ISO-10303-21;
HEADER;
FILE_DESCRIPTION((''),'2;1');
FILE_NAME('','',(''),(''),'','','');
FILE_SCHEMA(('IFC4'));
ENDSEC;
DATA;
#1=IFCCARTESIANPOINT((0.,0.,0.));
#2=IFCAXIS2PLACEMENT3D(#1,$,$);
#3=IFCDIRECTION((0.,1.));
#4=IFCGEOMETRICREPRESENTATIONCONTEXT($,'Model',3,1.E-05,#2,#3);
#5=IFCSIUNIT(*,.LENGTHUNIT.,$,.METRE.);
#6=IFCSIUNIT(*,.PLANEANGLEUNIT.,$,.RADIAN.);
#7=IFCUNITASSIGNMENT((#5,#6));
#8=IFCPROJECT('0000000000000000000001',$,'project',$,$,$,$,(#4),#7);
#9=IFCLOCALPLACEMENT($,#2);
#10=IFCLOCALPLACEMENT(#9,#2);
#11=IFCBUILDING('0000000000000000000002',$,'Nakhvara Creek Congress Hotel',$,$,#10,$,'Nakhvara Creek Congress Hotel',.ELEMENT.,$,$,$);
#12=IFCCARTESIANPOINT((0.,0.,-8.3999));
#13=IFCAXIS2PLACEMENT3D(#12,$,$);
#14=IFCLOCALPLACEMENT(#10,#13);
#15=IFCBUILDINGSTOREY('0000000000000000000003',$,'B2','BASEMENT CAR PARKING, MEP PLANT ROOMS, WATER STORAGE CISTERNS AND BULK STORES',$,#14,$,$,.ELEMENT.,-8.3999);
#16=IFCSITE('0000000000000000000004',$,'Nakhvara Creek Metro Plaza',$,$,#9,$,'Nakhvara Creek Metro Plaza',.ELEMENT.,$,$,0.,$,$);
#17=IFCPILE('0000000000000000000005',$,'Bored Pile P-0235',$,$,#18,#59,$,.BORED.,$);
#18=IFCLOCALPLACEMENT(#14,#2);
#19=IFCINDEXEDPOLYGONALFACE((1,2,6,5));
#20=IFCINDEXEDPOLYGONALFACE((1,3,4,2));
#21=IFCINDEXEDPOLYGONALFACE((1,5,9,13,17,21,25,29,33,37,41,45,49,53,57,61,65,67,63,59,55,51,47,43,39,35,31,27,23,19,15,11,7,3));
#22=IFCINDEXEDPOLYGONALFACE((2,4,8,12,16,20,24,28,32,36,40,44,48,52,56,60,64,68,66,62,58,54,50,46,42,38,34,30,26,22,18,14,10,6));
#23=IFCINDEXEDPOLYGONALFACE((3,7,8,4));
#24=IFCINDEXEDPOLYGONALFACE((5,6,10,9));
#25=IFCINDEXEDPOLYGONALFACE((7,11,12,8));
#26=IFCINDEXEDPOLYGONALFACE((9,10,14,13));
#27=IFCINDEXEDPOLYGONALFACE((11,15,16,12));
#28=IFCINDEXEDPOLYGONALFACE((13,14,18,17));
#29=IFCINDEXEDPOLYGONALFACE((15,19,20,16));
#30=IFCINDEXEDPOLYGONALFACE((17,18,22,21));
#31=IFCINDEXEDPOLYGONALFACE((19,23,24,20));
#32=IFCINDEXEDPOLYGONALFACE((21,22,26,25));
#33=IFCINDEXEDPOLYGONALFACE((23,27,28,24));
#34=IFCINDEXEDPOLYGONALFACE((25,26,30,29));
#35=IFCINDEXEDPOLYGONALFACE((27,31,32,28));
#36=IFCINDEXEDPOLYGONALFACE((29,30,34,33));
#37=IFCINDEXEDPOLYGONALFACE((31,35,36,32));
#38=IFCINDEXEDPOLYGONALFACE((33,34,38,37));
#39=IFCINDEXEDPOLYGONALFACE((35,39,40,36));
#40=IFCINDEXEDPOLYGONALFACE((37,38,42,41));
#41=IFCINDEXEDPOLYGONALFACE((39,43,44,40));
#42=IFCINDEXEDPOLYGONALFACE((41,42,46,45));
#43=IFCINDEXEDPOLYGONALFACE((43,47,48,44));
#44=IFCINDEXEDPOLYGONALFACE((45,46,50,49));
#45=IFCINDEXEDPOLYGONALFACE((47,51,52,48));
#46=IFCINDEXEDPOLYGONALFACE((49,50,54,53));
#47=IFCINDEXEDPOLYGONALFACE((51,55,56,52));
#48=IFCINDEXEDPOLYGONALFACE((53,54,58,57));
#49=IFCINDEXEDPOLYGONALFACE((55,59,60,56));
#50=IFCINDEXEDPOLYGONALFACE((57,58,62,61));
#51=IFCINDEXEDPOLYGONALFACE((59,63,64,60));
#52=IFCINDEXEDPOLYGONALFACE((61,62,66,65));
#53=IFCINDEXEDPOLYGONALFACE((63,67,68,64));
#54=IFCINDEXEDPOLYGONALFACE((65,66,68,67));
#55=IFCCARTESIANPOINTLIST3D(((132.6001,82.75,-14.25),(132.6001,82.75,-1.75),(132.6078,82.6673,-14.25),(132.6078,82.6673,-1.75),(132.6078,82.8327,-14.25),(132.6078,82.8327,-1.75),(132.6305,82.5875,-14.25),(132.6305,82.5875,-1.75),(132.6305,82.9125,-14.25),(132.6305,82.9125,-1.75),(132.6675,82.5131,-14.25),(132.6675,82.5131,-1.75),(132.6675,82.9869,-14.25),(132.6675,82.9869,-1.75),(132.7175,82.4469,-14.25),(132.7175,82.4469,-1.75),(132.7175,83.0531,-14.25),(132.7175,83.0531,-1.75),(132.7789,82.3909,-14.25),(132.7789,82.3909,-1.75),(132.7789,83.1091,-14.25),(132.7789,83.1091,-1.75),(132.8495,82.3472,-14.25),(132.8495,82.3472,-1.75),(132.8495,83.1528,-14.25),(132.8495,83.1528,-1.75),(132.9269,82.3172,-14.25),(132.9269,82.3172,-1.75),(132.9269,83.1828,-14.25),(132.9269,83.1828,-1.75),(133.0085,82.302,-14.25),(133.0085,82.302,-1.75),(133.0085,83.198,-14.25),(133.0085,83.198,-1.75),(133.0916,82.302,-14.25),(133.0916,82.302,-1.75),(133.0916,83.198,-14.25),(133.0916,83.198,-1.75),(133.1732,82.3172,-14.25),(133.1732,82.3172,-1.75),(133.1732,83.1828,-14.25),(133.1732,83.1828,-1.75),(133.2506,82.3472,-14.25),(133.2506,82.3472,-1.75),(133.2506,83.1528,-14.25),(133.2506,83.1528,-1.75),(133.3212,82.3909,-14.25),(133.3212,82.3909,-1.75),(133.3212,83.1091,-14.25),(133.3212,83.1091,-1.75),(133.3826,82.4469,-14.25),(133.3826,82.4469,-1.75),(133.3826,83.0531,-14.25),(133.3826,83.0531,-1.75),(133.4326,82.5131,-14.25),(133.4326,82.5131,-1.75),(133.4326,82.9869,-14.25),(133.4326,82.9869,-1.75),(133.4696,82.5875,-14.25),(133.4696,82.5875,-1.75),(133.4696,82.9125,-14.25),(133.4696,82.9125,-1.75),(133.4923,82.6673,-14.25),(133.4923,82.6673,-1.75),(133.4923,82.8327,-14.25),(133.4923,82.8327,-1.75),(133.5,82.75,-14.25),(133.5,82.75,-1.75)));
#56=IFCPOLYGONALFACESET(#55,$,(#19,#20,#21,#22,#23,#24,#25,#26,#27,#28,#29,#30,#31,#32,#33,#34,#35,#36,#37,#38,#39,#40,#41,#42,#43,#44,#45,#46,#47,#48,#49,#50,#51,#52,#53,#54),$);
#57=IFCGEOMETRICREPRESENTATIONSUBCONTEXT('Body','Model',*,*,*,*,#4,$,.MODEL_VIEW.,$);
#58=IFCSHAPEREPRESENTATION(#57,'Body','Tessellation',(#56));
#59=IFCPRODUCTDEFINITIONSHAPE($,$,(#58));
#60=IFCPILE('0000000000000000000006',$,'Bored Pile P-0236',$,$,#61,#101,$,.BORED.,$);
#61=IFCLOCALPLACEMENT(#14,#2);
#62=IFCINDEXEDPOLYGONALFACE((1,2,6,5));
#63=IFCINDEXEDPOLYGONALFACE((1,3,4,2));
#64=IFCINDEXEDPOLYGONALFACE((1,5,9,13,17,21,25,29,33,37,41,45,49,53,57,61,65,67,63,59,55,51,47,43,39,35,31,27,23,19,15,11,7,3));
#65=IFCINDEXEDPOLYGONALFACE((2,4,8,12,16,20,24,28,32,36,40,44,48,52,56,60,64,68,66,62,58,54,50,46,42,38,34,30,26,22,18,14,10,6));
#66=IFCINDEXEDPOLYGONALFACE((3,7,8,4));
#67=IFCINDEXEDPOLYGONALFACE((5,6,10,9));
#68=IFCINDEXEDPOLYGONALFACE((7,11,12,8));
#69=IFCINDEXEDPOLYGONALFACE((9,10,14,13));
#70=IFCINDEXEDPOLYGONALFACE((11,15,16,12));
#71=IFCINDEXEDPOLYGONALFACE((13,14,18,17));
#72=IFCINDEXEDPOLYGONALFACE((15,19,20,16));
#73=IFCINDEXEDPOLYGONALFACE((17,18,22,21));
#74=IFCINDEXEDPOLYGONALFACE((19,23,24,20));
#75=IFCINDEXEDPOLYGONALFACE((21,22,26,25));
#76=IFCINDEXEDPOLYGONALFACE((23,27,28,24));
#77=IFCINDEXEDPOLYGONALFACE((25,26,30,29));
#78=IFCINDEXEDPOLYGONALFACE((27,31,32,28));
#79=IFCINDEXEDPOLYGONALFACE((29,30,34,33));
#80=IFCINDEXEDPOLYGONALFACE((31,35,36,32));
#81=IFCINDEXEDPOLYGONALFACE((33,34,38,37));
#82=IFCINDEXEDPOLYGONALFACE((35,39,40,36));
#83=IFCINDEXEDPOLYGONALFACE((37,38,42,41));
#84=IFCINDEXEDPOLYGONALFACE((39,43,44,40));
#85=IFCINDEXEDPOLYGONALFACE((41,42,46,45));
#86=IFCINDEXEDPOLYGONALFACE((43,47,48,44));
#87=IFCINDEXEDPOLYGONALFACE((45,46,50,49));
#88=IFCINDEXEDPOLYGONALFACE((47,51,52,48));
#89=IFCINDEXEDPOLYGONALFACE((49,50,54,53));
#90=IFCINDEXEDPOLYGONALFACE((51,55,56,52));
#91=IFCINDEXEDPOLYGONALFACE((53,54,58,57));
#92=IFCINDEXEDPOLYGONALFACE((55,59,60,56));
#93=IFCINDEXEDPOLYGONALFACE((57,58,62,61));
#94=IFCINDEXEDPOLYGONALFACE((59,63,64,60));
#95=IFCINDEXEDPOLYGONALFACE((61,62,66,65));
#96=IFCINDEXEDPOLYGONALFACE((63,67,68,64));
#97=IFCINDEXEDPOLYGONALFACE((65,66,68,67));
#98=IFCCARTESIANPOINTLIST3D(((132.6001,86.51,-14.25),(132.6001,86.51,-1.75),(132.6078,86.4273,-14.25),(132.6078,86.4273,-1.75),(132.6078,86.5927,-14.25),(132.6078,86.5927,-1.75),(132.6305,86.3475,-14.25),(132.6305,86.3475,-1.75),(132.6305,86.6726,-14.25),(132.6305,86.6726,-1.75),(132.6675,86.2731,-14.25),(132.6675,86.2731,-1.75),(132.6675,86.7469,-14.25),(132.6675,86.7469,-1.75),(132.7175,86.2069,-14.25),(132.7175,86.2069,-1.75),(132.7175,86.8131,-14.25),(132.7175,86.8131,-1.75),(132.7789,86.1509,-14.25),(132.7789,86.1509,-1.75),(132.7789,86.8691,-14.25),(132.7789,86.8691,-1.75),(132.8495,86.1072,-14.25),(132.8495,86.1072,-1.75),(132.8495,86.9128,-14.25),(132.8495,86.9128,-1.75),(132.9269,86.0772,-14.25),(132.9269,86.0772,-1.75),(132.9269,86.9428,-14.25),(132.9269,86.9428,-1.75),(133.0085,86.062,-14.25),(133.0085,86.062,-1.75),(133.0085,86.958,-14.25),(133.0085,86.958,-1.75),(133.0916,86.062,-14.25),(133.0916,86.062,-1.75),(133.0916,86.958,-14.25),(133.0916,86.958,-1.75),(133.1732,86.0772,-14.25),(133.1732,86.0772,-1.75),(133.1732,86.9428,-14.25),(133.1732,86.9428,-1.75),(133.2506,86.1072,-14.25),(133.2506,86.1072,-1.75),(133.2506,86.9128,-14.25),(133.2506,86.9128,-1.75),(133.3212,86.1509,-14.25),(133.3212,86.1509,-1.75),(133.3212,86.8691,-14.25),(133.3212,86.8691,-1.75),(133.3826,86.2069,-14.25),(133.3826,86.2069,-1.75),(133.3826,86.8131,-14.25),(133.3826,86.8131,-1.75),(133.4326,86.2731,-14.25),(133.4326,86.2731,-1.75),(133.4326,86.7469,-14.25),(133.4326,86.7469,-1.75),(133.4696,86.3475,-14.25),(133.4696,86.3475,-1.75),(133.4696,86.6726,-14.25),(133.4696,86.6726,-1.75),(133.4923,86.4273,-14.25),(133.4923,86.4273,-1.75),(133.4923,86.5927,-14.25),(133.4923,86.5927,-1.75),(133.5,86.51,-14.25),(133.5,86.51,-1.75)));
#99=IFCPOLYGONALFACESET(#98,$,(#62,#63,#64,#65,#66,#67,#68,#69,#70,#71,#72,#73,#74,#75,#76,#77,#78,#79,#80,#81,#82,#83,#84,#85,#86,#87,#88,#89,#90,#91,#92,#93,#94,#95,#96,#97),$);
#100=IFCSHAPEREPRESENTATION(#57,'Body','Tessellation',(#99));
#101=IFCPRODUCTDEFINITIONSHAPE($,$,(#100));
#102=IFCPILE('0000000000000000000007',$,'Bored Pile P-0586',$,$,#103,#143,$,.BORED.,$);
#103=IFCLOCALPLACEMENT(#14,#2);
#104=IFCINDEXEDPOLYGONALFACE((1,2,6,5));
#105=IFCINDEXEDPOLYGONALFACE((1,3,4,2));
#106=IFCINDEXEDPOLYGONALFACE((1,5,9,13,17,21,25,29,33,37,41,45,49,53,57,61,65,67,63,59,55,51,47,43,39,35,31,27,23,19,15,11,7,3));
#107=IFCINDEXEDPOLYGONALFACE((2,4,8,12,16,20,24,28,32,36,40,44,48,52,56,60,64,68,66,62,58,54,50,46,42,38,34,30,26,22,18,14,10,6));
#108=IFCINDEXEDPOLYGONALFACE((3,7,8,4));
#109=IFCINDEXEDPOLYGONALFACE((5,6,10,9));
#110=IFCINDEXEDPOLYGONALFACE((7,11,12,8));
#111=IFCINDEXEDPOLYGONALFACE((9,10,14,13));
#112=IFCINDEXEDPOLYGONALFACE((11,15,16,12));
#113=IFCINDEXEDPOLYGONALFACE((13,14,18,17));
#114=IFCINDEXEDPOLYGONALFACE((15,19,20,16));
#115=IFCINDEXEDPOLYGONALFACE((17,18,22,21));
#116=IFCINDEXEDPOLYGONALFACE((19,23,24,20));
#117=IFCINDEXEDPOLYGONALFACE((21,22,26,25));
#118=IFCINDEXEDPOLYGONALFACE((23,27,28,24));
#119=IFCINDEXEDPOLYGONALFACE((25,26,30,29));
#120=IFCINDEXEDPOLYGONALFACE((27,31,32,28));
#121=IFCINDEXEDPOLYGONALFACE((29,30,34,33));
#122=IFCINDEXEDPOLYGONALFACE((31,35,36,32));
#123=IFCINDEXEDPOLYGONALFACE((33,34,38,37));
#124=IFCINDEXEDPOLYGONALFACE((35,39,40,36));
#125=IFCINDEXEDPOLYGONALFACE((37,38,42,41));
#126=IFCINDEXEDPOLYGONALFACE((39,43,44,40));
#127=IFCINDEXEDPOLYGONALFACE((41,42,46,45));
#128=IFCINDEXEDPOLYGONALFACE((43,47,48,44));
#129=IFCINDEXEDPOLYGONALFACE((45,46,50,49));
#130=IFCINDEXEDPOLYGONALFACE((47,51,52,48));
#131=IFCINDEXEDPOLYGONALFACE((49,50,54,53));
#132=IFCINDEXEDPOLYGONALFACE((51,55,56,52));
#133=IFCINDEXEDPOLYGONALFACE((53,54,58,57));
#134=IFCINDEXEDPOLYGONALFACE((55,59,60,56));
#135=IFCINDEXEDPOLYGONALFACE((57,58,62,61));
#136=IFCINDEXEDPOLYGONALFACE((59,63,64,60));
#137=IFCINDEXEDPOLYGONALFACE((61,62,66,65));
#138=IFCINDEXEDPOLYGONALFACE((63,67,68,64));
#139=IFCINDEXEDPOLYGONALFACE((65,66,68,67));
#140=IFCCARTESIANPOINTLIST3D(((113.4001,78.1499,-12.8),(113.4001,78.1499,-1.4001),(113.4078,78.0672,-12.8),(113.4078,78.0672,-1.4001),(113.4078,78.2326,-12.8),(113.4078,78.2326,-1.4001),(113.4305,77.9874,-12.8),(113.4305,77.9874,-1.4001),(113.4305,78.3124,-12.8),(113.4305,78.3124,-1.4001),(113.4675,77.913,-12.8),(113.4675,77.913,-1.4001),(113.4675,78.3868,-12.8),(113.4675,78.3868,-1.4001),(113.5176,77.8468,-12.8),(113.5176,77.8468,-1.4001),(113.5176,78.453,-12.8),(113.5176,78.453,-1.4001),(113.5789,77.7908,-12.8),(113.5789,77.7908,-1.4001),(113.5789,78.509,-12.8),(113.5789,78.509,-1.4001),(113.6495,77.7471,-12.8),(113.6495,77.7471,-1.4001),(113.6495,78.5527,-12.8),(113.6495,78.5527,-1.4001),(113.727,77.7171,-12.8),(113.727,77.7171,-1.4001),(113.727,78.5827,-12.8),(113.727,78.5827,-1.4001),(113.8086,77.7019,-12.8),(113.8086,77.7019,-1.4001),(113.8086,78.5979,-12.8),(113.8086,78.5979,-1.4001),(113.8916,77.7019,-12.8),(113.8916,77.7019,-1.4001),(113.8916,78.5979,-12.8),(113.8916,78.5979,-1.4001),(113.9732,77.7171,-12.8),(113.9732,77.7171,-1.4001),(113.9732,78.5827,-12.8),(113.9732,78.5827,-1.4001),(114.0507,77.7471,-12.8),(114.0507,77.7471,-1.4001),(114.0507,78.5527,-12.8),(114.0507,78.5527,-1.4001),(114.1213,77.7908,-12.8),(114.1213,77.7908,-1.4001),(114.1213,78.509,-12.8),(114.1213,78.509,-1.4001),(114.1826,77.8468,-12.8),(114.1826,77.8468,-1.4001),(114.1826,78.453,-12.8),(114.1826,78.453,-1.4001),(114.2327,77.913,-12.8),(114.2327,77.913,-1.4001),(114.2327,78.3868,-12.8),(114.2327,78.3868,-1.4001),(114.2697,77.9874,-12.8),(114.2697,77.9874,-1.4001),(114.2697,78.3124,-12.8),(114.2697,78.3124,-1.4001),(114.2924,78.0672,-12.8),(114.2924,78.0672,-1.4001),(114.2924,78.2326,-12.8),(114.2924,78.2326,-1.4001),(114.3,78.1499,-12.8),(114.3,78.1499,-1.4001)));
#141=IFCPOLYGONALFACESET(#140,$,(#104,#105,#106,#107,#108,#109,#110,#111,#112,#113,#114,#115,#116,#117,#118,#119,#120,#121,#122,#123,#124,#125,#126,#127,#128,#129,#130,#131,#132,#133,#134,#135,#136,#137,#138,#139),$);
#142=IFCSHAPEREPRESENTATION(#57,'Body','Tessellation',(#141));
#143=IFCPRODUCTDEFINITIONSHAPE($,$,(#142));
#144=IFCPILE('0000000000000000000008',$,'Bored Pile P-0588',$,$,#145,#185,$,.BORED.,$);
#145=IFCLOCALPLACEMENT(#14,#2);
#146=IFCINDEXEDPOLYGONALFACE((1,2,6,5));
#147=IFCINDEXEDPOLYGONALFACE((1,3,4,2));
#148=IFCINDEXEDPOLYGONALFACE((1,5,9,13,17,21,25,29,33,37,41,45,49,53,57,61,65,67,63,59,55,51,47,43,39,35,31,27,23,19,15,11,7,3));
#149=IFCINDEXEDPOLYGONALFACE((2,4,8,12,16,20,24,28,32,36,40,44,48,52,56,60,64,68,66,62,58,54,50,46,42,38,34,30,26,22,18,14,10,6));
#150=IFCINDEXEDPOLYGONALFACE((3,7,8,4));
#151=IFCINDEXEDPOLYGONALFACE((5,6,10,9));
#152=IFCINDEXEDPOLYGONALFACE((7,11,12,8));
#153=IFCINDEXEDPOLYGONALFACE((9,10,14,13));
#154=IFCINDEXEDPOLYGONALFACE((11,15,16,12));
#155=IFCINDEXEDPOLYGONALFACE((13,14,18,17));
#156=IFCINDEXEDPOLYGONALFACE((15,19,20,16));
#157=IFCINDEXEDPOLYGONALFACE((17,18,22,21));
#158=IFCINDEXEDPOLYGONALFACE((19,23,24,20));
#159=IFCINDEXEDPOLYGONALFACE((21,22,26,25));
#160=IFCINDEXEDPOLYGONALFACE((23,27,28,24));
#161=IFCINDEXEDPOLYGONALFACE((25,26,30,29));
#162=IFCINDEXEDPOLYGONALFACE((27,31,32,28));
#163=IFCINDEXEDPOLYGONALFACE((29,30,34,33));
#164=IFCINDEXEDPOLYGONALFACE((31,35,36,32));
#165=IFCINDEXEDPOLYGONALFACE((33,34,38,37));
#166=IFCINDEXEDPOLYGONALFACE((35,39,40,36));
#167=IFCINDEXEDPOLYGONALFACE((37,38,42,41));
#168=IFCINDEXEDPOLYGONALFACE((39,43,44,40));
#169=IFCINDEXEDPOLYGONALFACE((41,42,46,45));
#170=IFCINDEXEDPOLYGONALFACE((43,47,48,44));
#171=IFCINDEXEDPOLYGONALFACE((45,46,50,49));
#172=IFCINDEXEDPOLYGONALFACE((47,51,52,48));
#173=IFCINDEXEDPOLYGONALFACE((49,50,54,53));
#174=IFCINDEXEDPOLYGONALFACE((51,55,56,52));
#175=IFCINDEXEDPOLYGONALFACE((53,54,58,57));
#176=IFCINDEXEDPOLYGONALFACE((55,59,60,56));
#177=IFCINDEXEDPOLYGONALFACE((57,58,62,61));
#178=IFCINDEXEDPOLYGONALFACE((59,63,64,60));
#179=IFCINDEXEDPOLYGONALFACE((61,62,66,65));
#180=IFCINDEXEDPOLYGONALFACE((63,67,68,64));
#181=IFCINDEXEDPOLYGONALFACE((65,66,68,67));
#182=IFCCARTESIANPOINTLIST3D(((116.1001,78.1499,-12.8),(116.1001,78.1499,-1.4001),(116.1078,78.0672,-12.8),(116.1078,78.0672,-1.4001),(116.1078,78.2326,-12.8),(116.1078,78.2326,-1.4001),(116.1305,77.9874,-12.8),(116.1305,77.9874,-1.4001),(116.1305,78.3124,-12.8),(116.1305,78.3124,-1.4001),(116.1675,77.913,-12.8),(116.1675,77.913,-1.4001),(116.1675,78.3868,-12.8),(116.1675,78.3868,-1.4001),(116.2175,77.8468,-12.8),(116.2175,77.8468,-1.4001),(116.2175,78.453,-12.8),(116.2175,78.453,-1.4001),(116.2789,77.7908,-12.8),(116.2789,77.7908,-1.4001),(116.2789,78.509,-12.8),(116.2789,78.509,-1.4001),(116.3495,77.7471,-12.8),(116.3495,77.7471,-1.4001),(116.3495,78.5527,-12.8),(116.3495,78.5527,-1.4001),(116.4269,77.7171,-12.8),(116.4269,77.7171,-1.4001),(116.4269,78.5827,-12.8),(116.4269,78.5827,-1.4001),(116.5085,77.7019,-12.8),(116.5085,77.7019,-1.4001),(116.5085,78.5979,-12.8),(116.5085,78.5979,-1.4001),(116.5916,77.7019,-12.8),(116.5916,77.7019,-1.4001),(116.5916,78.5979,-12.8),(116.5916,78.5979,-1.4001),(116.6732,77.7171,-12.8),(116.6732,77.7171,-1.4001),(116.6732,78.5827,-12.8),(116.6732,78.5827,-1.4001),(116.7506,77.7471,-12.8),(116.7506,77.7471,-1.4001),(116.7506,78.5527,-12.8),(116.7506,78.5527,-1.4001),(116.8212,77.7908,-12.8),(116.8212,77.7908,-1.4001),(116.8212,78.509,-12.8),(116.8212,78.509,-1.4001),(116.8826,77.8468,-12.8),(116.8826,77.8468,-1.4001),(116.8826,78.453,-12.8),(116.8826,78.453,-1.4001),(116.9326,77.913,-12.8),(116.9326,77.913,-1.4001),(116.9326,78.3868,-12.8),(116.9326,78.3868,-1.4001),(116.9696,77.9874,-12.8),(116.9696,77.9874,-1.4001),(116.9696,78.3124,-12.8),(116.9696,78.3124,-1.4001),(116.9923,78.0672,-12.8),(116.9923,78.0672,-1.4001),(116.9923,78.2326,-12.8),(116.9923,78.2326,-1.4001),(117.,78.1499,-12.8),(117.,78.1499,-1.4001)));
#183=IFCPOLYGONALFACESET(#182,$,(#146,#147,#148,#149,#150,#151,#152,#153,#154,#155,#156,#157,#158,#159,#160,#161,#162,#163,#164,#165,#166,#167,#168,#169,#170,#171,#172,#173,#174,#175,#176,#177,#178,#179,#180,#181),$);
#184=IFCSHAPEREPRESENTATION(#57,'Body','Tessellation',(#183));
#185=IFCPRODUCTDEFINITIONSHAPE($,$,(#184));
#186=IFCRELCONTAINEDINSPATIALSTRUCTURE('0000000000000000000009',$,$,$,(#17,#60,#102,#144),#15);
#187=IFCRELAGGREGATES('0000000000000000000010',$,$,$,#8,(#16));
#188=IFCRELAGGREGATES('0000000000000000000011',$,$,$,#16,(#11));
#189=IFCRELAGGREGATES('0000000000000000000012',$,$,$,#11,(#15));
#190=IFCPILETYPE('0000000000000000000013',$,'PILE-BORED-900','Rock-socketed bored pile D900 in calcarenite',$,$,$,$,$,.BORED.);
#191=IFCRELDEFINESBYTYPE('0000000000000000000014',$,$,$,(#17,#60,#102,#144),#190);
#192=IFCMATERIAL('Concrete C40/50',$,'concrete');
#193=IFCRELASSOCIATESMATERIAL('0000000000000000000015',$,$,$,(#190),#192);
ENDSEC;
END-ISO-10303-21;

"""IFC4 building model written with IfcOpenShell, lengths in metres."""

from ifc_helpers import new_model, si_unit, direction, frame, origin, origin_2d, place, context, subcontext, project, spatial, circle, extrude, material, material_profile, profile_set, type_object, element, save


model = new_model("IFC4")

# Units and contexts
model_context = context("Model", 3, precision=1e-05, world=origin(), true_north=direction((0.0, 1.0)))
body_context = subcontext(model_context, "Body", "Model", "MODEL_VIEW")
ifc_project = project(units=[si_unit("LENGTHUNIT", "METRE"), si_unit("PLANEANGLEUNIT", "RADIAN")], contexts=[model_context])

# Site, building, storey
site_placement = place(None, origin())
site = spatial("IfcSite", under=ifc_project, at=site_placement, Name="Nakhvara Creek Metro Plaza", LongName="Nakhvara Creek Metro Plaza", CompositionType="ELEMENT", RefElevation=0.0)
building_placement = place(site_placement, origin())
building = spatial("IfcBuilding", under=site, at=building_placement, Name="Nakhvara Creek Congress Hotel", LongName="Nakhvara Creek Congress Hotel", CompositionType="ELEMENT")
storey_placement = place(building_placement, frame((0.0, 0.0, -8.3999)))
storey = spatial("IfcBuildingStorey", under=building, at=storey_placement, Name="B2", Description="BASEMENT CAR PARKING, MEP PLANT ROOMS, WATER STORAGE CISTERNS AND BULK STORES", CompositionType="ELEMENT", Elevation=-8.3999)

# Shared definitions
ifc_material_1 = material(Name="Concrete C40/50", Category="concrete")

# Piles
ifc_material_profile_1 = material_profile(ifc_material_1, circle(Radius=0.45, at=origin_2d()), Name="BORED PILE D900", Category="LoadBearing")
ifc_profile_set_1 = profile_set([ifc_material_profile_1], Name="Concrete C40/50")
pile_type = type_object("IfcPileType", Name="PILE-BORED-900", Description="Rock-socketed bored pile D900 in calcarenite", PredefinedType="BORED", material=ifc_profile_set_1)
for number, where, z_axis, x_axis, name in (
    (1, (133.05, 82.75, -1.75), (0.0, 0.0, -1.0), (1.0, 0.0, 0.0), "Bored Pile P-0235"),
    (2, (133.05, 86.51, -1.75), (0.0, 0.0, -1.0), (1.0, 0.0, 0.0), "Bored Pile P-0236"),
):
    element("IfcPile", number, at=place(storey_placement, frame(where, z_axis=z_axis, x_axis=x_axis)), inside=storey, type_object=pile_type, Name=name, PredefinedType="BORED", context=body_context, shape_type="SweptSolid", body=[
        extrude(circle(Radius=0.45, at=origin_2d()), origin(), (0.0, 0.0, 1.0), 12.5),
    ])
for number, where, z_axis, x_axis, name in (
    (3, (113.8501, 78.1499, -1.4001), (0.0, 0.0, -1.0), (1.0, 0.0, 0.0), "Bored Pile P-0586"),
    (4, (116.55, 78.1499, -1.4001), (0.0, 0.0, -1.0), (1.0, 0.0, 0.0), "Bored Pile P-0588"),
):
    element("IfcPile", number, at=place(storey_placement, frame(where, z_axis=z_axis, x_axis=x_axis)), inside=storey, type_object=pile_type, Name=name, PredefinedType="BORED", context=body_context, shape_type="SweptSolid", body=[
        extrude(circle(Radius=0.45, at=origin_2d()), origin(), (0.0, 0.0, 1.0), 11.3999),
    ])

save(model, "model.ifc")
